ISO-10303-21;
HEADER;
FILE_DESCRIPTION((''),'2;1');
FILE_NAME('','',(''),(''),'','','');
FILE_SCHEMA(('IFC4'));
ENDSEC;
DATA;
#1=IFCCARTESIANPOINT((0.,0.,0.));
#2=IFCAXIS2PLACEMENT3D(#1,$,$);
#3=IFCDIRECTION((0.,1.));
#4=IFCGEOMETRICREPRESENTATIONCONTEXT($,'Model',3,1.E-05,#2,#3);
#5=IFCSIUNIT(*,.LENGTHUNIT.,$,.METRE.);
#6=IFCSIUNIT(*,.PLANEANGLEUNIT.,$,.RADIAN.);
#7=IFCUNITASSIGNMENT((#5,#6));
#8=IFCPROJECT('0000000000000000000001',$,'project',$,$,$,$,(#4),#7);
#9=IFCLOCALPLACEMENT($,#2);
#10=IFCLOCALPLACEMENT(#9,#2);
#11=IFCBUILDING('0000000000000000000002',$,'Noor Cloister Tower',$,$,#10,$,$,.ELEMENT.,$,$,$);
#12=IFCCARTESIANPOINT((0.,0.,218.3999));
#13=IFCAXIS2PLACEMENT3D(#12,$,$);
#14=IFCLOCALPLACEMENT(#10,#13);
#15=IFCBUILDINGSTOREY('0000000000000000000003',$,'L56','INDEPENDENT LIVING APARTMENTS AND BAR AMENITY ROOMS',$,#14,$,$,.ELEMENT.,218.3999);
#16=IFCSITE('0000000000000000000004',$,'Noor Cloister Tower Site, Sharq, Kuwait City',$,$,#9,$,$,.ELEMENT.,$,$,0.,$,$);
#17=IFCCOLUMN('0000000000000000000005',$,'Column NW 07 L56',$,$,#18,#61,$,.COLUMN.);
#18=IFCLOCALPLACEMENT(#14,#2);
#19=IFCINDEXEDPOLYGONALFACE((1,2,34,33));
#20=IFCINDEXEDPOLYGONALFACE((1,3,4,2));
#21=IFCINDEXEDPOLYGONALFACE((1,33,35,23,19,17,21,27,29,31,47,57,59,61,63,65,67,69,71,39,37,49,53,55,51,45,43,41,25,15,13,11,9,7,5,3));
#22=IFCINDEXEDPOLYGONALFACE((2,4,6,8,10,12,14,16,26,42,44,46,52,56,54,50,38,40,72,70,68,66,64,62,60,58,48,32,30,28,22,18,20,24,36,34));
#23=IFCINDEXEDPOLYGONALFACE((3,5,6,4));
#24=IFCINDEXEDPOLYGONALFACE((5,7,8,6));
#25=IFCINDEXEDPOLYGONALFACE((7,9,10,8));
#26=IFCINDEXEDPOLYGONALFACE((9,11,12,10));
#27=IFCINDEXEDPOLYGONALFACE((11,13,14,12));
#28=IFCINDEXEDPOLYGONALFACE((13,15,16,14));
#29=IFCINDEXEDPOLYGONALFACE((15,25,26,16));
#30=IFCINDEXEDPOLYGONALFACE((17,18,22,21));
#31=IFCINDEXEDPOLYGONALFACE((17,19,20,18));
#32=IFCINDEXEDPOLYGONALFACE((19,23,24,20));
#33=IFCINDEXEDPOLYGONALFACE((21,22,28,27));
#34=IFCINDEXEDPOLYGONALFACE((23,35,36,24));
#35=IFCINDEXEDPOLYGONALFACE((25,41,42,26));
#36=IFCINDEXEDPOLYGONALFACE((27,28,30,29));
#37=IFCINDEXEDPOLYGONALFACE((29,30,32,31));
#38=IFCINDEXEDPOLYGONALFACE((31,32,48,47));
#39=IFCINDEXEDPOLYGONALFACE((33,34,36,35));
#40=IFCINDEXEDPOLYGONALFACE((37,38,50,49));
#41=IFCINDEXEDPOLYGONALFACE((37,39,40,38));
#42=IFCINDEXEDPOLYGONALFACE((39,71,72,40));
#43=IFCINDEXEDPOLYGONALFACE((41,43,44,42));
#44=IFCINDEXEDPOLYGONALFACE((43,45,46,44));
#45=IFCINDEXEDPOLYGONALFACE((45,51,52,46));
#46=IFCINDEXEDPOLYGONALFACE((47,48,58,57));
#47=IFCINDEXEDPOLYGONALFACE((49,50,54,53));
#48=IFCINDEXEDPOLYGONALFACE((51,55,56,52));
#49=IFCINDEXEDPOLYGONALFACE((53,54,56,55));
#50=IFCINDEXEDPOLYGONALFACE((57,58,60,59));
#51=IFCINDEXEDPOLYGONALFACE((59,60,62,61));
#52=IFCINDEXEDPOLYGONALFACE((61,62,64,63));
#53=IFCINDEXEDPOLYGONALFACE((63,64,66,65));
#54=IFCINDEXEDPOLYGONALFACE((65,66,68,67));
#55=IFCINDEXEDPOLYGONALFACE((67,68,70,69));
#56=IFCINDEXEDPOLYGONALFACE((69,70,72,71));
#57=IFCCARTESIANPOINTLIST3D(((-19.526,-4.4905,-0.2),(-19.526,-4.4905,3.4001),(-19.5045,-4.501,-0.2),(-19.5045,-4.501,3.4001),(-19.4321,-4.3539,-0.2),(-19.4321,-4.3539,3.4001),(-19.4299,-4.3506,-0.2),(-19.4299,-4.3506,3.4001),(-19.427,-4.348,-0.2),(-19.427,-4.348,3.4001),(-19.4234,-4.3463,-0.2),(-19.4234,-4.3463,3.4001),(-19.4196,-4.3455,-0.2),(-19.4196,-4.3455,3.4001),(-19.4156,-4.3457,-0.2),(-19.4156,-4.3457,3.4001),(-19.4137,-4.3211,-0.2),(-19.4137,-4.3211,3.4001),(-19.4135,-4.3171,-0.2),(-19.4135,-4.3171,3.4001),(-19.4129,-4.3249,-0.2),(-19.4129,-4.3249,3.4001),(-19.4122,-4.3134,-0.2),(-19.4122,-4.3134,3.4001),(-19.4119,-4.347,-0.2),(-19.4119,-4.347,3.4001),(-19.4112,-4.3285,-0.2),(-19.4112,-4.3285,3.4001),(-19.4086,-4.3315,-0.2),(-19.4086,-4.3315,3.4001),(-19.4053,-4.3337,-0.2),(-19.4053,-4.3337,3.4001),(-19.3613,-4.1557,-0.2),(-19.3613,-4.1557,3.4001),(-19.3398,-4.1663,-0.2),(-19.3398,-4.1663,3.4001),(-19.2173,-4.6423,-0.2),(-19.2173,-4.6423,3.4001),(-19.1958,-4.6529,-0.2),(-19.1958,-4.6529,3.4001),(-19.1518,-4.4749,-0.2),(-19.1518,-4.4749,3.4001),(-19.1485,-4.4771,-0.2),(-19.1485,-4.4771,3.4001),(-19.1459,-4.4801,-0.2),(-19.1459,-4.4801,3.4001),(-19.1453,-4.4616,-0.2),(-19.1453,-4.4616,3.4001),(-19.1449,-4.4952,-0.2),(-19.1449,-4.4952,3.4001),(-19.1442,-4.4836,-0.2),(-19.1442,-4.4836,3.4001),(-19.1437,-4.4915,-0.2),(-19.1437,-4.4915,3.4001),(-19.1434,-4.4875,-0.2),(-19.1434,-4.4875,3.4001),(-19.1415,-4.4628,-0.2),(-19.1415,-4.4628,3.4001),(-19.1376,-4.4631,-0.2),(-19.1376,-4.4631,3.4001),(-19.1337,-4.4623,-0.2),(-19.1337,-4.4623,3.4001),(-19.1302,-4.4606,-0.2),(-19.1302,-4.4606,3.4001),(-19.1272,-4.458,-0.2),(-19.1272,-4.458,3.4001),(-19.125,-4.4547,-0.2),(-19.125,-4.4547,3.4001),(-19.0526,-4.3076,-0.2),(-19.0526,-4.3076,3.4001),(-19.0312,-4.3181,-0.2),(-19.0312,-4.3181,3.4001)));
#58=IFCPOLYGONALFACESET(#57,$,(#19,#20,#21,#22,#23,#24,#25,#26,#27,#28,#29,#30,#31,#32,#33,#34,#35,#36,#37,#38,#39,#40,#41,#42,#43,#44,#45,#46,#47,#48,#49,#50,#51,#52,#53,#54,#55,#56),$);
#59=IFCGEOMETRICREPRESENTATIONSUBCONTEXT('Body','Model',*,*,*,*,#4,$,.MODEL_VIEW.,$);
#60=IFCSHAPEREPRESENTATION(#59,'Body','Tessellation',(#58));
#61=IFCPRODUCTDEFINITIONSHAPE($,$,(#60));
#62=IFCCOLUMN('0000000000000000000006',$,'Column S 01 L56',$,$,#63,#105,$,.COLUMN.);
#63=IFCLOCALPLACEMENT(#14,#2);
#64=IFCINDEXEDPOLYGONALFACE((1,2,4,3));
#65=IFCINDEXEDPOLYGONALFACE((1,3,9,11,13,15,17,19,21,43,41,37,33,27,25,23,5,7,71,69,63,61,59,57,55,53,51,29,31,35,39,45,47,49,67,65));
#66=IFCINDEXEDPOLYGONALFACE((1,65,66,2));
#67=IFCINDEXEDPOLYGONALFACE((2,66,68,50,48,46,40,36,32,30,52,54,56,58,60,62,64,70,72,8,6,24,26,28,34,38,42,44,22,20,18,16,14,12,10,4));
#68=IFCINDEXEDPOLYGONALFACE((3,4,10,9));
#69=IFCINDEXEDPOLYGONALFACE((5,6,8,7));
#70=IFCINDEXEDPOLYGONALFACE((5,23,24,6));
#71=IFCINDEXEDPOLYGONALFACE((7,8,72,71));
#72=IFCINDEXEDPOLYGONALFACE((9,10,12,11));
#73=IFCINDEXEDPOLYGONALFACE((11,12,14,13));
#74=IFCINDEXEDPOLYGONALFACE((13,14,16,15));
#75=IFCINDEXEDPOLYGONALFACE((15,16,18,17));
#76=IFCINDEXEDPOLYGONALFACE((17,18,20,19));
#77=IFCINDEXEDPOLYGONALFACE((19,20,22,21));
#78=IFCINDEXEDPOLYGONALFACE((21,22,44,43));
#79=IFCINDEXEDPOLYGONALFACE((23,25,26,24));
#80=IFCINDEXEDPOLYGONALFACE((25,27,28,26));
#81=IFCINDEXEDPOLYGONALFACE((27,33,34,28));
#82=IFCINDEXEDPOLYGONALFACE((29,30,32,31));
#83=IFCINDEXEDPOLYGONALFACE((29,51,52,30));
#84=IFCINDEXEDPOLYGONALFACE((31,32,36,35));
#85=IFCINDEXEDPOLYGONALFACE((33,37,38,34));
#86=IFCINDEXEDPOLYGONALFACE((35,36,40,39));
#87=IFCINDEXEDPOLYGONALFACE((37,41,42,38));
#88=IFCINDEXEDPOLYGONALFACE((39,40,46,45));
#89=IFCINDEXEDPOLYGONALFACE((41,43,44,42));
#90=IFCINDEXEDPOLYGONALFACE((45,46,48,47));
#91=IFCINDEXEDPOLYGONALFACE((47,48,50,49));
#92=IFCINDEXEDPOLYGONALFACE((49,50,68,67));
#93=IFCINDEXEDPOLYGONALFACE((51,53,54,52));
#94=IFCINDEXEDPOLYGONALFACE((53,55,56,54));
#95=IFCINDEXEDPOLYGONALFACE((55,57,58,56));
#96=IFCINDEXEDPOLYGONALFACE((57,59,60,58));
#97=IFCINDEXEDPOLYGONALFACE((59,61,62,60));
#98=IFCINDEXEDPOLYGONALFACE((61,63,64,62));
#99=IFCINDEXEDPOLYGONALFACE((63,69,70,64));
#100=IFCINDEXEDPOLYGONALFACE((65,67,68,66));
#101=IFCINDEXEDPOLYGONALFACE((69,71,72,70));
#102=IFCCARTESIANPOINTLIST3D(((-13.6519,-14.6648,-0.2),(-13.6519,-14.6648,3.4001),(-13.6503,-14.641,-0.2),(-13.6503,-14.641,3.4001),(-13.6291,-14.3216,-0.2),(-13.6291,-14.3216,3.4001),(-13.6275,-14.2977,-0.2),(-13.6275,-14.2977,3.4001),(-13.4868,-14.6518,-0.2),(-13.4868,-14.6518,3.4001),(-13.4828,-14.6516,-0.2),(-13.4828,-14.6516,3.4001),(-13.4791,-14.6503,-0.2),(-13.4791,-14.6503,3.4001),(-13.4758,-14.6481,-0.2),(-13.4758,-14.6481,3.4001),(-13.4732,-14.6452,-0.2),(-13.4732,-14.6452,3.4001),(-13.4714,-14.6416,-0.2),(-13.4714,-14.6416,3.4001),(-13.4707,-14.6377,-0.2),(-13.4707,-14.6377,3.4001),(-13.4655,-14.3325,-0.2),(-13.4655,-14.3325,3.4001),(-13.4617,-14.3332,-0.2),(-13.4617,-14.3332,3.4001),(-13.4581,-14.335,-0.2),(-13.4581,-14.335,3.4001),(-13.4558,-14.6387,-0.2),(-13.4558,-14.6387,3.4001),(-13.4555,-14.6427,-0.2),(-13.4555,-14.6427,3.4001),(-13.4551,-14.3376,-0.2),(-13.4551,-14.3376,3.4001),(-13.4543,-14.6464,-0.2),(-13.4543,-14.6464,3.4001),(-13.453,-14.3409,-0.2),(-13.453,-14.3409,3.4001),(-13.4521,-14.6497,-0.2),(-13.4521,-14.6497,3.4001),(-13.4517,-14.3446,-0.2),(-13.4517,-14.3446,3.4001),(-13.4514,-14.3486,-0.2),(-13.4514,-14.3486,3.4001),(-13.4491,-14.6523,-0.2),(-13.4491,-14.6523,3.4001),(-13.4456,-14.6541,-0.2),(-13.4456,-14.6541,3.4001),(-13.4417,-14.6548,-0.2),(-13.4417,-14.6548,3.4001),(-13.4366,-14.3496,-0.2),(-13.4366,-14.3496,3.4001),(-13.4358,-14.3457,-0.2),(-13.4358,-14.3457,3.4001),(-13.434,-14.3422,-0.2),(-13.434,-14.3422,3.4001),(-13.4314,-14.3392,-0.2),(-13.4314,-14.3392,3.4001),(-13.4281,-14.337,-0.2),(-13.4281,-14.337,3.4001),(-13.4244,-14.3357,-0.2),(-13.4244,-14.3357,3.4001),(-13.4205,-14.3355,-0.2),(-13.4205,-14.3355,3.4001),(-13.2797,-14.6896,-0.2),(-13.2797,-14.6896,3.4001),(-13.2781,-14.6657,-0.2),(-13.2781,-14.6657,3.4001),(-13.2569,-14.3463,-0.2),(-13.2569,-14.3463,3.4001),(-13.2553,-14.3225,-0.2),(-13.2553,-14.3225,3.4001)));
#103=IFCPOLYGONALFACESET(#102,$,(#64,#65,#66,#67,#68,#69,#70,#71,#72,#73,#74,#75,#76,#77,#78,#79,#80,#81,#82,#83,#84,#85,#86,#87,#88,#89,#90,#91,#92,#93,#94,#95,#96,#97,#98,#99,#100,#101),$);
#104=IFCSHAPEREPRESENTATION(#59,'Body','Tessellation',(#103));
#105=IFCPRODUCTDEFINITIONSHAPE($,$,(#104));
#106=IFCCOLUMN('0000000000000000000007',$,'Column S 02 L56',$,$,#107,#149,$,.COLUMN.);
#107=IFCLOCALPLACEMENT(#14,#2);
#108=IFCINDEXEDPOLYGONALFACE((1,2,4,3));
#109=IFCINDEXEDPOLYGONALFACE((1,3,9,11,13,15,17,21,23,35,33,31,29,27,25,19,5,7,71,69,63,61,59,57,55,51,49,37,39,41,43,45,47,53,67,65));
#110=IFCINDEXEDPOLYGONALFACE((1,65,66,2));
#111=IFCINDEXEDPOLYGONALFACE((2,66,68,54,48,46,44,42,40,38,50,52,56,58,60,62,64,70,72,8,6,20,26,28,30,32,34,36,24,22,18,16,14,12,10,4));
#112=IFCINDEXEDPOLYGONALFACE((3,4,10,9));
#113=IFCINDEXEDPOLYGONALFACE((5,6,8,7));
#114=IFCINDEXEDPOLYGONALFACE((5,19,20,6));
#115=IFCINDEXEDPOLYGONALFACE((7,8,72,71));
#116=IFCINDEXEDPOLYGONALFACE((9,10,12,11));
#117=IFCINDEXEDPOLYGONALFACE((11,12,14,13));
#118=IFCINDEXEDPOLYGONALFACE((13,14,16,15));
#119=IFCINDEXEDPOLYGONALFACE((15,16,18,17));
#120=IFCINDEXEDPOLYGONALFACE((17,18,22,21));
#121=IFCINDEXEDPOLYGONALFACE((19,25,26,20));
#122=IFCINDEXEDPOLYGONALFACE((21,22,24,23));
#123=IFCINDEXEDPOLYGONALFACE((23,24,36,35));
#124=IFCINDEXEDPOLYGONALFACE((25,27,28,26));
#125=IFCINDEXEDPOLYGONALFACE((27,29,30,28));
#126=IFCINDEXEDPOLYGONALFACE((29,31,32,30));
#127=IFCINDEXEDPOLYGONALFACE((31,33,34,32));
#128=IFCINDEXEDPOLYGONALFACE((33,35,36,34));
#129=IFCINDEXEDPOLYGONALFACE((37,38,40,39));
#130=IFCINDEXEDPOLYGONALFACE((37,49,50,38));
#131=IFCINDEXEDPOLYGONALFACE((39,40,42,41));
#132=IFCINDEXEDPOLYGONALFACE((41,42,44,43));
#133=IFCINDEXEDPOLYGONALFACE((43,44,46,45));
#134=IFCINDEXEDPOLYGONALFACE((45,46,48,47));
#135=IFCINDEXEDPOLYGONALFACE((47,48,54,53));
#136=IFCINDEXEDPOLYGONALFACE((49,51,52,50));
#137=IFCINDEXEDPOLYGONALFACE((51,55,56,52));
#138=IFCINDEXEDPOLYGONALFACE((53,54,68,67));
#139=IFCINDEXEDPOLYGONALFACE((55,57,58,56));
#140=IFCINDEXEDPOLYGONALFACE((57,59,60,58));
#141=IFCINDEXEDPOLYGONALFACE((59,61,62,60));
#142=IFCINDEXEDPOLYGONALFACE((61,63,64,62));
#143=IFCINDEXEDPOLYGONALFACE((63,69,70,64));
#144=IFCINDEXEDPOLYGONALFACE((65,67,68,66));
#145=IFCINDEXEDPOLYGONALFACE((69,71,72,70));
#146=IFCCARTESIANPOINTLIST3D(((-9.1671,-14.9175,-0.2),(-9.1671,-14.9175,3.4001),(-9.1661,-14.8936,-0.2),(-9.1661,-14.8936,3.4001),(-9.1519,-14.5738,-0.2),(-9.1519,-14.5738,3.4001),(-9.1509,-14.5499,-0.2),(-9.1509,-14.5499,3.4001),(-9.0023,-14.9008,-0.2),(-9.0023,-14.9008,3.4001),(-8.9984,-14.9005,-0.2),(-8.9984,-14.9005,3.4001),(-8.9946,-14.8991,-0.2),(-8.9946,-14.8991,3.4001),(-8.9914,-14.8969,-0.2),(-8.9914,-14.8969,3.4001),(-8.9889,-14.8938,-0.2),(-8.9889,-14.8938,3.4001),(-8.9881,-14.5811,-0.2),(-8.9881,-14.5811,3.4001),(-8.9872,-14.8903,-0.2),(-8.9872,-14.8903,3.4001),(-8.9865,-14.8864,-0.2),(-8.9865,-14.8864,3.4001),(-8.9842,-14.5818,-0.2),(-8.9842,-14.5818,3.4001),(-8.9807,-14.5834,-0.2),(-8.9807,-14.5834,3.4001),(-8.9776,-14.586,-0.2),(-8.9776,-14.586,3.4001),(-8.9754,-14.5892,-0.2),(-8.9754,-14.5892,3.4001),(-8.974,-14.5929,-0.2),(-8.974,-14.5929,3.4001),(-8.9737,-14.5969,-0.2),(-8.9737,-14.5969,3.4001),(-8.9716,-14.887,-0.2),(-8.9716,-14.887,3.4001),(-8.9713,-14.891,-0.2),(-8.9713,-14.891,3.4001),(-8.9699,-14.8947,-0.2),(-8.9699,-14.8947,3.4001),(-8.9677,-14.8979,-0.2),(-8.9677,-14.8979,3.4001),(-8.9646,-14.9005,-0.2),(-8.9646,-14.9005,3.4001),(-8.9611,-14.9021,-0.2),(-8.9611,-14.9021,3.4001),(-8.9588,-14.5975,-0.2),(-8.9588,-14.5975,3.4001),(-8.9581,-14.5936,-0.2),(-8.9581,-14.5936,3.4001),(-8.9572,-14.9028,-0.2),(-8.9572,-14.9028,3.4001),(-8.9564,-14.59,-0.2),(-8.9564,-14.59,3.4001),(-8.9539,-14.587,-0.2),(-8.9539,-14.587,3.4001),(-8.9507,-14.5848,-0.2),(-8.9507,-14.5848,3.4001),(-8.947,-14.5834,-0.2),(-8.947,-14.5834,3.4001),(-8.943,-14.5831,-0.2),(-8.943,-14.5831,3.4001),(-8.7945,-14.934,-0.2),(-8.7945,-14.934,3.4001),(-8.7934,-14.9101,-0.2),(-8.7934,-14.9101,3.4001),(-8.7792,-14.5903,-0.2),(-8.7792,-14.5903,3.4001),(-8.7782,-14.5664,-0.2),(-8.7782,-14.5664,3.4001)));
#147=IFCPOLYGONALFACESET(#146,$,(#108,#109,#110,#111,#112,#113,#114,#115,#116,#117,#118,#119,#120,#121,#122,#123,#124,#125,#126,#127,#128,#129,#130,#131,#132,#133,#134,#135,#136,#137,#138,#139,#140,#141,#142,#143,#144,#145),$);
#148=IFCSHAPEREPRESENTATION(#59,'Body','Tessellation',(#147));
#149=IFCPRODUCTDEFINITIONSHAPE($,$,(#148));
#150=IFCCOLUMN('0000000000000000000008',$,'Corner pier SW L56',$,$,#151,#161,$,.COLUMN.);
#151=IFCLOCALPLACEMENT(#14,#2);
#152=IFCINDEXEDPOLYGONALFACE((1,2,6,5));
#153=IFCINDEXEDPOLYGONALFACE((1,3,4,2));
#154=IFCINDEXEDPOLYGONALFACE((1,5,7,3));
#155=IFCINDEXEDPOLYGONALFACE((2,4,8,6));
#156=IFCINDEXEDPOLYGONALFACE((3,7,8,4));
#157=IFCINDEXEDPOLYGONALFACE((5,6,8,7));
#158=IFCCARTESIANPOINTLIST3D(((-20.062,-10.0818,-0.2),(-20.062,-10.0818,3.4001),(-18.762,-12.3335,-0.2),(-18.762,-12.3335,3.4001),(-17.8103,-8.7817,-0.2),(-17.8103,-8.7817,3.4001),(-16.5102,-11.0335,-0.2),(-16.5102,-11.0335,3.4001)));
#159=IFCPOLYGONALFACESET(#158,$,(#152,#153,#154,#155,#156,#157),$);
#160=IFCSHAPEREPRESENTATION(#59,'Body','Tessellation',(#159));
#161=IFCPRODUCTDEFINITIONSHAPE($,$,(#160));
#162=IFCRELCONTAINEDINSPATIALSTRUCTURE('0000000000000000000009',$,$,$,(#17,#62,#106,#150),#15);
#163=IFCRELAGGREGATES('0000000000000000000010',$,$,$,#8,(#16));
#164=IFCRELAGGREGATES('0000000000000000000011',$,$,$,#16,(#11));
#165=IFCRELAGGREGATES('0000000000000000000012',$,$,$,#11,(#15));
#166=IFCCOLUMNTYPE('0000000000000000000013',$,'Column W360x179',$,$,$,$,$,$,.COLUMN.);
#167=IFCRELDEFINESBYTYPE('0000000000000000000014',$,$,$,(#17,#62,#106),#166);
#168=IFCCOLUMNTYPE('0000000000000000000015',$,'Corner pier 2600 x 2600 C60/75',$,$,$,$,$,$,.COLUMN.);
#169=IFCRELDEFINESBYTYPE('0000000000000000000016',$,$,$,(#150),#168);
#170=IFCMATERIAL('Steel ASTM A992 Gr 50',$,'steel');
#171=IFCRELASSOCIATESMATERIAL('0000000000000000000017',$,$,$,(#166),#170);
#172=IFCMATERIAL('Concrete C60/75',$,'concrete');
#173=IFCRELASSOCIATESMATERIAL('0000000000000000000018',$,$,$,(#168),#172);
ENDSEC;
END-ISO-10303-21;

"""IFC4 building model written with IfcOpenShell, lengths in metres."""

from ifc_helpers import new_model, si_unit, direction, frame, origin, origin_2d, place, context, subcontext, project, spatial, rectangle, i_section, extrude, material, material_profile, profile_set, type_object, element, save


model = new_model("IFC4")

# Units and contexts
model_context = context("Model", 3, precision=1e-05, world=origin(), true_north=direction((0.0, 1.0)))
body_context = subcontext(model_context, "Body", "Model", "MODEL_VIEW")
ifc_project = project(units=[si_unit("LENGTHUNIT", "METRE"), si_unit("PLANEANGLEUNIT", "RADIAN")], contexts=[model_context])

# Site, building, storey
site_placement = place(None, origin())
site = spatial("IfcSite", under=ifc_project, at=site_placement, Name="Noor Cloister Tower Site, Sharq, Kuwait City", CompositionType="ELEMENT", RefElevation=0.0)
building_placement = place(site_placement, origin())
building = spatial("IfcBuilding", under=site, at=building_placement, Name="Noor Cloister Tower", CompositionType="ELEMENT")
storey_placement = place(building_placement, frame((0.0, 0.0, 218.3999)))
storey = spatial("IfcBuildingStorey", under=building, at=storey_placement, Name="L56", Description="INDEPENDENT LIVING APARTMENTS AND BAR AMENITY ROOMS", CompositionType="ELEMENT", Elevation=218.3999)

# Columns
ifc_material_1 = material(Name="Steel ASTM A992 Gr 50", Category="steel")
ifc_material_profile_1 = material_profile(ifc_material_1, i_section(OverallWidth=0.373, OverallDepth=0.3679, WebThickness=0.0149, FlangeThickness=0.0239, FilletRadius=0.0151, at=origin_2d()), Name="W360x179")
ifc_profile_set_1 = profile_set([ifc_material_profile_1], Name="Steel ASTM A992 Gr 50")
column_type_1 = type_object("IfcColumnType", Name="Column W360x179", PredefinedType="COLUMN", material=ifc_profile_set_1)
for number, where, z_axis, x_axis, name in (
    (1, (-19.2786, -4.4043, -0.2), (0.0, 0.0, 1.0), (-0.441436, -0.897293, 0.0), "Column NW 07 L56"),
    (2, (-13.4536, -14.4937, -0.2), (0.0, 0.0, 1.0), (0.997796, -0.066352, 0.0), "Column S 01 L56"),
    (3, (-8.9727, -14.7419, -0.2), (0.0, 0.0, 1.0), (0.99902, -0.044252, 0.0), "Column S 02 L56"),
):
    element("IfcColumn", number, at=place(storey_placement, frame(where, z_axis=z_axis, x_axis=x_axis)), inside=storey, type_object=column_type_1, Name=name, PredefinedType="COLUMN", context=body_context, shape_type="SweptSolid", body=[
        extrude(i_section(OverallWidth=0.373, OverallDepth=0.3679, WebThickness=0.0149, FlangeThickness=0.0239, FilletRadius=0.0151, at=origin_2d()), origin(), (0.0, 0.0, 1.0), 3.6001),
    ])
ifc_material_2 = material(Name="Concrete C60/75", Category="concrete")
ifc_material_profile_2 = material_profile(ifc_material_2, rectangle(XDim=2.6001, YDim=2.6001, at=origin_2d()), Name="RC 2600x2600")
ifc_profile_set_2 = profile_set([ifc_material_profile_2], Name="Concrete C60/75")
column_type_2 = type_object("IfcColumnType", Name="Corner pier 2600 x 2600 C60/75", PredefinedType="COLUMN", material=ifc_profile_set_2)
column_placement = place(storey_placement, frame((-18.2861, -10.5576, -0.2), z_axis=(0.0, 0.0, 1.0), x_axis=(-0.866025, -0.5, 0.0)))
element("IfcColumn", 4, at=column_placement, inside=storey, type_object=column_type_2, Name="Corner pier SW L56", PredefinedType="COLUMN", context=body_context, shape_type="SweptSolid", body=[
    extrude(rectangle(XDim=2.6001, YDim=2.6001, at=origin_2d()), origin(), (0.0, 0.0, 1.0), 3.6001),
])

save(model, "model.ifc")
